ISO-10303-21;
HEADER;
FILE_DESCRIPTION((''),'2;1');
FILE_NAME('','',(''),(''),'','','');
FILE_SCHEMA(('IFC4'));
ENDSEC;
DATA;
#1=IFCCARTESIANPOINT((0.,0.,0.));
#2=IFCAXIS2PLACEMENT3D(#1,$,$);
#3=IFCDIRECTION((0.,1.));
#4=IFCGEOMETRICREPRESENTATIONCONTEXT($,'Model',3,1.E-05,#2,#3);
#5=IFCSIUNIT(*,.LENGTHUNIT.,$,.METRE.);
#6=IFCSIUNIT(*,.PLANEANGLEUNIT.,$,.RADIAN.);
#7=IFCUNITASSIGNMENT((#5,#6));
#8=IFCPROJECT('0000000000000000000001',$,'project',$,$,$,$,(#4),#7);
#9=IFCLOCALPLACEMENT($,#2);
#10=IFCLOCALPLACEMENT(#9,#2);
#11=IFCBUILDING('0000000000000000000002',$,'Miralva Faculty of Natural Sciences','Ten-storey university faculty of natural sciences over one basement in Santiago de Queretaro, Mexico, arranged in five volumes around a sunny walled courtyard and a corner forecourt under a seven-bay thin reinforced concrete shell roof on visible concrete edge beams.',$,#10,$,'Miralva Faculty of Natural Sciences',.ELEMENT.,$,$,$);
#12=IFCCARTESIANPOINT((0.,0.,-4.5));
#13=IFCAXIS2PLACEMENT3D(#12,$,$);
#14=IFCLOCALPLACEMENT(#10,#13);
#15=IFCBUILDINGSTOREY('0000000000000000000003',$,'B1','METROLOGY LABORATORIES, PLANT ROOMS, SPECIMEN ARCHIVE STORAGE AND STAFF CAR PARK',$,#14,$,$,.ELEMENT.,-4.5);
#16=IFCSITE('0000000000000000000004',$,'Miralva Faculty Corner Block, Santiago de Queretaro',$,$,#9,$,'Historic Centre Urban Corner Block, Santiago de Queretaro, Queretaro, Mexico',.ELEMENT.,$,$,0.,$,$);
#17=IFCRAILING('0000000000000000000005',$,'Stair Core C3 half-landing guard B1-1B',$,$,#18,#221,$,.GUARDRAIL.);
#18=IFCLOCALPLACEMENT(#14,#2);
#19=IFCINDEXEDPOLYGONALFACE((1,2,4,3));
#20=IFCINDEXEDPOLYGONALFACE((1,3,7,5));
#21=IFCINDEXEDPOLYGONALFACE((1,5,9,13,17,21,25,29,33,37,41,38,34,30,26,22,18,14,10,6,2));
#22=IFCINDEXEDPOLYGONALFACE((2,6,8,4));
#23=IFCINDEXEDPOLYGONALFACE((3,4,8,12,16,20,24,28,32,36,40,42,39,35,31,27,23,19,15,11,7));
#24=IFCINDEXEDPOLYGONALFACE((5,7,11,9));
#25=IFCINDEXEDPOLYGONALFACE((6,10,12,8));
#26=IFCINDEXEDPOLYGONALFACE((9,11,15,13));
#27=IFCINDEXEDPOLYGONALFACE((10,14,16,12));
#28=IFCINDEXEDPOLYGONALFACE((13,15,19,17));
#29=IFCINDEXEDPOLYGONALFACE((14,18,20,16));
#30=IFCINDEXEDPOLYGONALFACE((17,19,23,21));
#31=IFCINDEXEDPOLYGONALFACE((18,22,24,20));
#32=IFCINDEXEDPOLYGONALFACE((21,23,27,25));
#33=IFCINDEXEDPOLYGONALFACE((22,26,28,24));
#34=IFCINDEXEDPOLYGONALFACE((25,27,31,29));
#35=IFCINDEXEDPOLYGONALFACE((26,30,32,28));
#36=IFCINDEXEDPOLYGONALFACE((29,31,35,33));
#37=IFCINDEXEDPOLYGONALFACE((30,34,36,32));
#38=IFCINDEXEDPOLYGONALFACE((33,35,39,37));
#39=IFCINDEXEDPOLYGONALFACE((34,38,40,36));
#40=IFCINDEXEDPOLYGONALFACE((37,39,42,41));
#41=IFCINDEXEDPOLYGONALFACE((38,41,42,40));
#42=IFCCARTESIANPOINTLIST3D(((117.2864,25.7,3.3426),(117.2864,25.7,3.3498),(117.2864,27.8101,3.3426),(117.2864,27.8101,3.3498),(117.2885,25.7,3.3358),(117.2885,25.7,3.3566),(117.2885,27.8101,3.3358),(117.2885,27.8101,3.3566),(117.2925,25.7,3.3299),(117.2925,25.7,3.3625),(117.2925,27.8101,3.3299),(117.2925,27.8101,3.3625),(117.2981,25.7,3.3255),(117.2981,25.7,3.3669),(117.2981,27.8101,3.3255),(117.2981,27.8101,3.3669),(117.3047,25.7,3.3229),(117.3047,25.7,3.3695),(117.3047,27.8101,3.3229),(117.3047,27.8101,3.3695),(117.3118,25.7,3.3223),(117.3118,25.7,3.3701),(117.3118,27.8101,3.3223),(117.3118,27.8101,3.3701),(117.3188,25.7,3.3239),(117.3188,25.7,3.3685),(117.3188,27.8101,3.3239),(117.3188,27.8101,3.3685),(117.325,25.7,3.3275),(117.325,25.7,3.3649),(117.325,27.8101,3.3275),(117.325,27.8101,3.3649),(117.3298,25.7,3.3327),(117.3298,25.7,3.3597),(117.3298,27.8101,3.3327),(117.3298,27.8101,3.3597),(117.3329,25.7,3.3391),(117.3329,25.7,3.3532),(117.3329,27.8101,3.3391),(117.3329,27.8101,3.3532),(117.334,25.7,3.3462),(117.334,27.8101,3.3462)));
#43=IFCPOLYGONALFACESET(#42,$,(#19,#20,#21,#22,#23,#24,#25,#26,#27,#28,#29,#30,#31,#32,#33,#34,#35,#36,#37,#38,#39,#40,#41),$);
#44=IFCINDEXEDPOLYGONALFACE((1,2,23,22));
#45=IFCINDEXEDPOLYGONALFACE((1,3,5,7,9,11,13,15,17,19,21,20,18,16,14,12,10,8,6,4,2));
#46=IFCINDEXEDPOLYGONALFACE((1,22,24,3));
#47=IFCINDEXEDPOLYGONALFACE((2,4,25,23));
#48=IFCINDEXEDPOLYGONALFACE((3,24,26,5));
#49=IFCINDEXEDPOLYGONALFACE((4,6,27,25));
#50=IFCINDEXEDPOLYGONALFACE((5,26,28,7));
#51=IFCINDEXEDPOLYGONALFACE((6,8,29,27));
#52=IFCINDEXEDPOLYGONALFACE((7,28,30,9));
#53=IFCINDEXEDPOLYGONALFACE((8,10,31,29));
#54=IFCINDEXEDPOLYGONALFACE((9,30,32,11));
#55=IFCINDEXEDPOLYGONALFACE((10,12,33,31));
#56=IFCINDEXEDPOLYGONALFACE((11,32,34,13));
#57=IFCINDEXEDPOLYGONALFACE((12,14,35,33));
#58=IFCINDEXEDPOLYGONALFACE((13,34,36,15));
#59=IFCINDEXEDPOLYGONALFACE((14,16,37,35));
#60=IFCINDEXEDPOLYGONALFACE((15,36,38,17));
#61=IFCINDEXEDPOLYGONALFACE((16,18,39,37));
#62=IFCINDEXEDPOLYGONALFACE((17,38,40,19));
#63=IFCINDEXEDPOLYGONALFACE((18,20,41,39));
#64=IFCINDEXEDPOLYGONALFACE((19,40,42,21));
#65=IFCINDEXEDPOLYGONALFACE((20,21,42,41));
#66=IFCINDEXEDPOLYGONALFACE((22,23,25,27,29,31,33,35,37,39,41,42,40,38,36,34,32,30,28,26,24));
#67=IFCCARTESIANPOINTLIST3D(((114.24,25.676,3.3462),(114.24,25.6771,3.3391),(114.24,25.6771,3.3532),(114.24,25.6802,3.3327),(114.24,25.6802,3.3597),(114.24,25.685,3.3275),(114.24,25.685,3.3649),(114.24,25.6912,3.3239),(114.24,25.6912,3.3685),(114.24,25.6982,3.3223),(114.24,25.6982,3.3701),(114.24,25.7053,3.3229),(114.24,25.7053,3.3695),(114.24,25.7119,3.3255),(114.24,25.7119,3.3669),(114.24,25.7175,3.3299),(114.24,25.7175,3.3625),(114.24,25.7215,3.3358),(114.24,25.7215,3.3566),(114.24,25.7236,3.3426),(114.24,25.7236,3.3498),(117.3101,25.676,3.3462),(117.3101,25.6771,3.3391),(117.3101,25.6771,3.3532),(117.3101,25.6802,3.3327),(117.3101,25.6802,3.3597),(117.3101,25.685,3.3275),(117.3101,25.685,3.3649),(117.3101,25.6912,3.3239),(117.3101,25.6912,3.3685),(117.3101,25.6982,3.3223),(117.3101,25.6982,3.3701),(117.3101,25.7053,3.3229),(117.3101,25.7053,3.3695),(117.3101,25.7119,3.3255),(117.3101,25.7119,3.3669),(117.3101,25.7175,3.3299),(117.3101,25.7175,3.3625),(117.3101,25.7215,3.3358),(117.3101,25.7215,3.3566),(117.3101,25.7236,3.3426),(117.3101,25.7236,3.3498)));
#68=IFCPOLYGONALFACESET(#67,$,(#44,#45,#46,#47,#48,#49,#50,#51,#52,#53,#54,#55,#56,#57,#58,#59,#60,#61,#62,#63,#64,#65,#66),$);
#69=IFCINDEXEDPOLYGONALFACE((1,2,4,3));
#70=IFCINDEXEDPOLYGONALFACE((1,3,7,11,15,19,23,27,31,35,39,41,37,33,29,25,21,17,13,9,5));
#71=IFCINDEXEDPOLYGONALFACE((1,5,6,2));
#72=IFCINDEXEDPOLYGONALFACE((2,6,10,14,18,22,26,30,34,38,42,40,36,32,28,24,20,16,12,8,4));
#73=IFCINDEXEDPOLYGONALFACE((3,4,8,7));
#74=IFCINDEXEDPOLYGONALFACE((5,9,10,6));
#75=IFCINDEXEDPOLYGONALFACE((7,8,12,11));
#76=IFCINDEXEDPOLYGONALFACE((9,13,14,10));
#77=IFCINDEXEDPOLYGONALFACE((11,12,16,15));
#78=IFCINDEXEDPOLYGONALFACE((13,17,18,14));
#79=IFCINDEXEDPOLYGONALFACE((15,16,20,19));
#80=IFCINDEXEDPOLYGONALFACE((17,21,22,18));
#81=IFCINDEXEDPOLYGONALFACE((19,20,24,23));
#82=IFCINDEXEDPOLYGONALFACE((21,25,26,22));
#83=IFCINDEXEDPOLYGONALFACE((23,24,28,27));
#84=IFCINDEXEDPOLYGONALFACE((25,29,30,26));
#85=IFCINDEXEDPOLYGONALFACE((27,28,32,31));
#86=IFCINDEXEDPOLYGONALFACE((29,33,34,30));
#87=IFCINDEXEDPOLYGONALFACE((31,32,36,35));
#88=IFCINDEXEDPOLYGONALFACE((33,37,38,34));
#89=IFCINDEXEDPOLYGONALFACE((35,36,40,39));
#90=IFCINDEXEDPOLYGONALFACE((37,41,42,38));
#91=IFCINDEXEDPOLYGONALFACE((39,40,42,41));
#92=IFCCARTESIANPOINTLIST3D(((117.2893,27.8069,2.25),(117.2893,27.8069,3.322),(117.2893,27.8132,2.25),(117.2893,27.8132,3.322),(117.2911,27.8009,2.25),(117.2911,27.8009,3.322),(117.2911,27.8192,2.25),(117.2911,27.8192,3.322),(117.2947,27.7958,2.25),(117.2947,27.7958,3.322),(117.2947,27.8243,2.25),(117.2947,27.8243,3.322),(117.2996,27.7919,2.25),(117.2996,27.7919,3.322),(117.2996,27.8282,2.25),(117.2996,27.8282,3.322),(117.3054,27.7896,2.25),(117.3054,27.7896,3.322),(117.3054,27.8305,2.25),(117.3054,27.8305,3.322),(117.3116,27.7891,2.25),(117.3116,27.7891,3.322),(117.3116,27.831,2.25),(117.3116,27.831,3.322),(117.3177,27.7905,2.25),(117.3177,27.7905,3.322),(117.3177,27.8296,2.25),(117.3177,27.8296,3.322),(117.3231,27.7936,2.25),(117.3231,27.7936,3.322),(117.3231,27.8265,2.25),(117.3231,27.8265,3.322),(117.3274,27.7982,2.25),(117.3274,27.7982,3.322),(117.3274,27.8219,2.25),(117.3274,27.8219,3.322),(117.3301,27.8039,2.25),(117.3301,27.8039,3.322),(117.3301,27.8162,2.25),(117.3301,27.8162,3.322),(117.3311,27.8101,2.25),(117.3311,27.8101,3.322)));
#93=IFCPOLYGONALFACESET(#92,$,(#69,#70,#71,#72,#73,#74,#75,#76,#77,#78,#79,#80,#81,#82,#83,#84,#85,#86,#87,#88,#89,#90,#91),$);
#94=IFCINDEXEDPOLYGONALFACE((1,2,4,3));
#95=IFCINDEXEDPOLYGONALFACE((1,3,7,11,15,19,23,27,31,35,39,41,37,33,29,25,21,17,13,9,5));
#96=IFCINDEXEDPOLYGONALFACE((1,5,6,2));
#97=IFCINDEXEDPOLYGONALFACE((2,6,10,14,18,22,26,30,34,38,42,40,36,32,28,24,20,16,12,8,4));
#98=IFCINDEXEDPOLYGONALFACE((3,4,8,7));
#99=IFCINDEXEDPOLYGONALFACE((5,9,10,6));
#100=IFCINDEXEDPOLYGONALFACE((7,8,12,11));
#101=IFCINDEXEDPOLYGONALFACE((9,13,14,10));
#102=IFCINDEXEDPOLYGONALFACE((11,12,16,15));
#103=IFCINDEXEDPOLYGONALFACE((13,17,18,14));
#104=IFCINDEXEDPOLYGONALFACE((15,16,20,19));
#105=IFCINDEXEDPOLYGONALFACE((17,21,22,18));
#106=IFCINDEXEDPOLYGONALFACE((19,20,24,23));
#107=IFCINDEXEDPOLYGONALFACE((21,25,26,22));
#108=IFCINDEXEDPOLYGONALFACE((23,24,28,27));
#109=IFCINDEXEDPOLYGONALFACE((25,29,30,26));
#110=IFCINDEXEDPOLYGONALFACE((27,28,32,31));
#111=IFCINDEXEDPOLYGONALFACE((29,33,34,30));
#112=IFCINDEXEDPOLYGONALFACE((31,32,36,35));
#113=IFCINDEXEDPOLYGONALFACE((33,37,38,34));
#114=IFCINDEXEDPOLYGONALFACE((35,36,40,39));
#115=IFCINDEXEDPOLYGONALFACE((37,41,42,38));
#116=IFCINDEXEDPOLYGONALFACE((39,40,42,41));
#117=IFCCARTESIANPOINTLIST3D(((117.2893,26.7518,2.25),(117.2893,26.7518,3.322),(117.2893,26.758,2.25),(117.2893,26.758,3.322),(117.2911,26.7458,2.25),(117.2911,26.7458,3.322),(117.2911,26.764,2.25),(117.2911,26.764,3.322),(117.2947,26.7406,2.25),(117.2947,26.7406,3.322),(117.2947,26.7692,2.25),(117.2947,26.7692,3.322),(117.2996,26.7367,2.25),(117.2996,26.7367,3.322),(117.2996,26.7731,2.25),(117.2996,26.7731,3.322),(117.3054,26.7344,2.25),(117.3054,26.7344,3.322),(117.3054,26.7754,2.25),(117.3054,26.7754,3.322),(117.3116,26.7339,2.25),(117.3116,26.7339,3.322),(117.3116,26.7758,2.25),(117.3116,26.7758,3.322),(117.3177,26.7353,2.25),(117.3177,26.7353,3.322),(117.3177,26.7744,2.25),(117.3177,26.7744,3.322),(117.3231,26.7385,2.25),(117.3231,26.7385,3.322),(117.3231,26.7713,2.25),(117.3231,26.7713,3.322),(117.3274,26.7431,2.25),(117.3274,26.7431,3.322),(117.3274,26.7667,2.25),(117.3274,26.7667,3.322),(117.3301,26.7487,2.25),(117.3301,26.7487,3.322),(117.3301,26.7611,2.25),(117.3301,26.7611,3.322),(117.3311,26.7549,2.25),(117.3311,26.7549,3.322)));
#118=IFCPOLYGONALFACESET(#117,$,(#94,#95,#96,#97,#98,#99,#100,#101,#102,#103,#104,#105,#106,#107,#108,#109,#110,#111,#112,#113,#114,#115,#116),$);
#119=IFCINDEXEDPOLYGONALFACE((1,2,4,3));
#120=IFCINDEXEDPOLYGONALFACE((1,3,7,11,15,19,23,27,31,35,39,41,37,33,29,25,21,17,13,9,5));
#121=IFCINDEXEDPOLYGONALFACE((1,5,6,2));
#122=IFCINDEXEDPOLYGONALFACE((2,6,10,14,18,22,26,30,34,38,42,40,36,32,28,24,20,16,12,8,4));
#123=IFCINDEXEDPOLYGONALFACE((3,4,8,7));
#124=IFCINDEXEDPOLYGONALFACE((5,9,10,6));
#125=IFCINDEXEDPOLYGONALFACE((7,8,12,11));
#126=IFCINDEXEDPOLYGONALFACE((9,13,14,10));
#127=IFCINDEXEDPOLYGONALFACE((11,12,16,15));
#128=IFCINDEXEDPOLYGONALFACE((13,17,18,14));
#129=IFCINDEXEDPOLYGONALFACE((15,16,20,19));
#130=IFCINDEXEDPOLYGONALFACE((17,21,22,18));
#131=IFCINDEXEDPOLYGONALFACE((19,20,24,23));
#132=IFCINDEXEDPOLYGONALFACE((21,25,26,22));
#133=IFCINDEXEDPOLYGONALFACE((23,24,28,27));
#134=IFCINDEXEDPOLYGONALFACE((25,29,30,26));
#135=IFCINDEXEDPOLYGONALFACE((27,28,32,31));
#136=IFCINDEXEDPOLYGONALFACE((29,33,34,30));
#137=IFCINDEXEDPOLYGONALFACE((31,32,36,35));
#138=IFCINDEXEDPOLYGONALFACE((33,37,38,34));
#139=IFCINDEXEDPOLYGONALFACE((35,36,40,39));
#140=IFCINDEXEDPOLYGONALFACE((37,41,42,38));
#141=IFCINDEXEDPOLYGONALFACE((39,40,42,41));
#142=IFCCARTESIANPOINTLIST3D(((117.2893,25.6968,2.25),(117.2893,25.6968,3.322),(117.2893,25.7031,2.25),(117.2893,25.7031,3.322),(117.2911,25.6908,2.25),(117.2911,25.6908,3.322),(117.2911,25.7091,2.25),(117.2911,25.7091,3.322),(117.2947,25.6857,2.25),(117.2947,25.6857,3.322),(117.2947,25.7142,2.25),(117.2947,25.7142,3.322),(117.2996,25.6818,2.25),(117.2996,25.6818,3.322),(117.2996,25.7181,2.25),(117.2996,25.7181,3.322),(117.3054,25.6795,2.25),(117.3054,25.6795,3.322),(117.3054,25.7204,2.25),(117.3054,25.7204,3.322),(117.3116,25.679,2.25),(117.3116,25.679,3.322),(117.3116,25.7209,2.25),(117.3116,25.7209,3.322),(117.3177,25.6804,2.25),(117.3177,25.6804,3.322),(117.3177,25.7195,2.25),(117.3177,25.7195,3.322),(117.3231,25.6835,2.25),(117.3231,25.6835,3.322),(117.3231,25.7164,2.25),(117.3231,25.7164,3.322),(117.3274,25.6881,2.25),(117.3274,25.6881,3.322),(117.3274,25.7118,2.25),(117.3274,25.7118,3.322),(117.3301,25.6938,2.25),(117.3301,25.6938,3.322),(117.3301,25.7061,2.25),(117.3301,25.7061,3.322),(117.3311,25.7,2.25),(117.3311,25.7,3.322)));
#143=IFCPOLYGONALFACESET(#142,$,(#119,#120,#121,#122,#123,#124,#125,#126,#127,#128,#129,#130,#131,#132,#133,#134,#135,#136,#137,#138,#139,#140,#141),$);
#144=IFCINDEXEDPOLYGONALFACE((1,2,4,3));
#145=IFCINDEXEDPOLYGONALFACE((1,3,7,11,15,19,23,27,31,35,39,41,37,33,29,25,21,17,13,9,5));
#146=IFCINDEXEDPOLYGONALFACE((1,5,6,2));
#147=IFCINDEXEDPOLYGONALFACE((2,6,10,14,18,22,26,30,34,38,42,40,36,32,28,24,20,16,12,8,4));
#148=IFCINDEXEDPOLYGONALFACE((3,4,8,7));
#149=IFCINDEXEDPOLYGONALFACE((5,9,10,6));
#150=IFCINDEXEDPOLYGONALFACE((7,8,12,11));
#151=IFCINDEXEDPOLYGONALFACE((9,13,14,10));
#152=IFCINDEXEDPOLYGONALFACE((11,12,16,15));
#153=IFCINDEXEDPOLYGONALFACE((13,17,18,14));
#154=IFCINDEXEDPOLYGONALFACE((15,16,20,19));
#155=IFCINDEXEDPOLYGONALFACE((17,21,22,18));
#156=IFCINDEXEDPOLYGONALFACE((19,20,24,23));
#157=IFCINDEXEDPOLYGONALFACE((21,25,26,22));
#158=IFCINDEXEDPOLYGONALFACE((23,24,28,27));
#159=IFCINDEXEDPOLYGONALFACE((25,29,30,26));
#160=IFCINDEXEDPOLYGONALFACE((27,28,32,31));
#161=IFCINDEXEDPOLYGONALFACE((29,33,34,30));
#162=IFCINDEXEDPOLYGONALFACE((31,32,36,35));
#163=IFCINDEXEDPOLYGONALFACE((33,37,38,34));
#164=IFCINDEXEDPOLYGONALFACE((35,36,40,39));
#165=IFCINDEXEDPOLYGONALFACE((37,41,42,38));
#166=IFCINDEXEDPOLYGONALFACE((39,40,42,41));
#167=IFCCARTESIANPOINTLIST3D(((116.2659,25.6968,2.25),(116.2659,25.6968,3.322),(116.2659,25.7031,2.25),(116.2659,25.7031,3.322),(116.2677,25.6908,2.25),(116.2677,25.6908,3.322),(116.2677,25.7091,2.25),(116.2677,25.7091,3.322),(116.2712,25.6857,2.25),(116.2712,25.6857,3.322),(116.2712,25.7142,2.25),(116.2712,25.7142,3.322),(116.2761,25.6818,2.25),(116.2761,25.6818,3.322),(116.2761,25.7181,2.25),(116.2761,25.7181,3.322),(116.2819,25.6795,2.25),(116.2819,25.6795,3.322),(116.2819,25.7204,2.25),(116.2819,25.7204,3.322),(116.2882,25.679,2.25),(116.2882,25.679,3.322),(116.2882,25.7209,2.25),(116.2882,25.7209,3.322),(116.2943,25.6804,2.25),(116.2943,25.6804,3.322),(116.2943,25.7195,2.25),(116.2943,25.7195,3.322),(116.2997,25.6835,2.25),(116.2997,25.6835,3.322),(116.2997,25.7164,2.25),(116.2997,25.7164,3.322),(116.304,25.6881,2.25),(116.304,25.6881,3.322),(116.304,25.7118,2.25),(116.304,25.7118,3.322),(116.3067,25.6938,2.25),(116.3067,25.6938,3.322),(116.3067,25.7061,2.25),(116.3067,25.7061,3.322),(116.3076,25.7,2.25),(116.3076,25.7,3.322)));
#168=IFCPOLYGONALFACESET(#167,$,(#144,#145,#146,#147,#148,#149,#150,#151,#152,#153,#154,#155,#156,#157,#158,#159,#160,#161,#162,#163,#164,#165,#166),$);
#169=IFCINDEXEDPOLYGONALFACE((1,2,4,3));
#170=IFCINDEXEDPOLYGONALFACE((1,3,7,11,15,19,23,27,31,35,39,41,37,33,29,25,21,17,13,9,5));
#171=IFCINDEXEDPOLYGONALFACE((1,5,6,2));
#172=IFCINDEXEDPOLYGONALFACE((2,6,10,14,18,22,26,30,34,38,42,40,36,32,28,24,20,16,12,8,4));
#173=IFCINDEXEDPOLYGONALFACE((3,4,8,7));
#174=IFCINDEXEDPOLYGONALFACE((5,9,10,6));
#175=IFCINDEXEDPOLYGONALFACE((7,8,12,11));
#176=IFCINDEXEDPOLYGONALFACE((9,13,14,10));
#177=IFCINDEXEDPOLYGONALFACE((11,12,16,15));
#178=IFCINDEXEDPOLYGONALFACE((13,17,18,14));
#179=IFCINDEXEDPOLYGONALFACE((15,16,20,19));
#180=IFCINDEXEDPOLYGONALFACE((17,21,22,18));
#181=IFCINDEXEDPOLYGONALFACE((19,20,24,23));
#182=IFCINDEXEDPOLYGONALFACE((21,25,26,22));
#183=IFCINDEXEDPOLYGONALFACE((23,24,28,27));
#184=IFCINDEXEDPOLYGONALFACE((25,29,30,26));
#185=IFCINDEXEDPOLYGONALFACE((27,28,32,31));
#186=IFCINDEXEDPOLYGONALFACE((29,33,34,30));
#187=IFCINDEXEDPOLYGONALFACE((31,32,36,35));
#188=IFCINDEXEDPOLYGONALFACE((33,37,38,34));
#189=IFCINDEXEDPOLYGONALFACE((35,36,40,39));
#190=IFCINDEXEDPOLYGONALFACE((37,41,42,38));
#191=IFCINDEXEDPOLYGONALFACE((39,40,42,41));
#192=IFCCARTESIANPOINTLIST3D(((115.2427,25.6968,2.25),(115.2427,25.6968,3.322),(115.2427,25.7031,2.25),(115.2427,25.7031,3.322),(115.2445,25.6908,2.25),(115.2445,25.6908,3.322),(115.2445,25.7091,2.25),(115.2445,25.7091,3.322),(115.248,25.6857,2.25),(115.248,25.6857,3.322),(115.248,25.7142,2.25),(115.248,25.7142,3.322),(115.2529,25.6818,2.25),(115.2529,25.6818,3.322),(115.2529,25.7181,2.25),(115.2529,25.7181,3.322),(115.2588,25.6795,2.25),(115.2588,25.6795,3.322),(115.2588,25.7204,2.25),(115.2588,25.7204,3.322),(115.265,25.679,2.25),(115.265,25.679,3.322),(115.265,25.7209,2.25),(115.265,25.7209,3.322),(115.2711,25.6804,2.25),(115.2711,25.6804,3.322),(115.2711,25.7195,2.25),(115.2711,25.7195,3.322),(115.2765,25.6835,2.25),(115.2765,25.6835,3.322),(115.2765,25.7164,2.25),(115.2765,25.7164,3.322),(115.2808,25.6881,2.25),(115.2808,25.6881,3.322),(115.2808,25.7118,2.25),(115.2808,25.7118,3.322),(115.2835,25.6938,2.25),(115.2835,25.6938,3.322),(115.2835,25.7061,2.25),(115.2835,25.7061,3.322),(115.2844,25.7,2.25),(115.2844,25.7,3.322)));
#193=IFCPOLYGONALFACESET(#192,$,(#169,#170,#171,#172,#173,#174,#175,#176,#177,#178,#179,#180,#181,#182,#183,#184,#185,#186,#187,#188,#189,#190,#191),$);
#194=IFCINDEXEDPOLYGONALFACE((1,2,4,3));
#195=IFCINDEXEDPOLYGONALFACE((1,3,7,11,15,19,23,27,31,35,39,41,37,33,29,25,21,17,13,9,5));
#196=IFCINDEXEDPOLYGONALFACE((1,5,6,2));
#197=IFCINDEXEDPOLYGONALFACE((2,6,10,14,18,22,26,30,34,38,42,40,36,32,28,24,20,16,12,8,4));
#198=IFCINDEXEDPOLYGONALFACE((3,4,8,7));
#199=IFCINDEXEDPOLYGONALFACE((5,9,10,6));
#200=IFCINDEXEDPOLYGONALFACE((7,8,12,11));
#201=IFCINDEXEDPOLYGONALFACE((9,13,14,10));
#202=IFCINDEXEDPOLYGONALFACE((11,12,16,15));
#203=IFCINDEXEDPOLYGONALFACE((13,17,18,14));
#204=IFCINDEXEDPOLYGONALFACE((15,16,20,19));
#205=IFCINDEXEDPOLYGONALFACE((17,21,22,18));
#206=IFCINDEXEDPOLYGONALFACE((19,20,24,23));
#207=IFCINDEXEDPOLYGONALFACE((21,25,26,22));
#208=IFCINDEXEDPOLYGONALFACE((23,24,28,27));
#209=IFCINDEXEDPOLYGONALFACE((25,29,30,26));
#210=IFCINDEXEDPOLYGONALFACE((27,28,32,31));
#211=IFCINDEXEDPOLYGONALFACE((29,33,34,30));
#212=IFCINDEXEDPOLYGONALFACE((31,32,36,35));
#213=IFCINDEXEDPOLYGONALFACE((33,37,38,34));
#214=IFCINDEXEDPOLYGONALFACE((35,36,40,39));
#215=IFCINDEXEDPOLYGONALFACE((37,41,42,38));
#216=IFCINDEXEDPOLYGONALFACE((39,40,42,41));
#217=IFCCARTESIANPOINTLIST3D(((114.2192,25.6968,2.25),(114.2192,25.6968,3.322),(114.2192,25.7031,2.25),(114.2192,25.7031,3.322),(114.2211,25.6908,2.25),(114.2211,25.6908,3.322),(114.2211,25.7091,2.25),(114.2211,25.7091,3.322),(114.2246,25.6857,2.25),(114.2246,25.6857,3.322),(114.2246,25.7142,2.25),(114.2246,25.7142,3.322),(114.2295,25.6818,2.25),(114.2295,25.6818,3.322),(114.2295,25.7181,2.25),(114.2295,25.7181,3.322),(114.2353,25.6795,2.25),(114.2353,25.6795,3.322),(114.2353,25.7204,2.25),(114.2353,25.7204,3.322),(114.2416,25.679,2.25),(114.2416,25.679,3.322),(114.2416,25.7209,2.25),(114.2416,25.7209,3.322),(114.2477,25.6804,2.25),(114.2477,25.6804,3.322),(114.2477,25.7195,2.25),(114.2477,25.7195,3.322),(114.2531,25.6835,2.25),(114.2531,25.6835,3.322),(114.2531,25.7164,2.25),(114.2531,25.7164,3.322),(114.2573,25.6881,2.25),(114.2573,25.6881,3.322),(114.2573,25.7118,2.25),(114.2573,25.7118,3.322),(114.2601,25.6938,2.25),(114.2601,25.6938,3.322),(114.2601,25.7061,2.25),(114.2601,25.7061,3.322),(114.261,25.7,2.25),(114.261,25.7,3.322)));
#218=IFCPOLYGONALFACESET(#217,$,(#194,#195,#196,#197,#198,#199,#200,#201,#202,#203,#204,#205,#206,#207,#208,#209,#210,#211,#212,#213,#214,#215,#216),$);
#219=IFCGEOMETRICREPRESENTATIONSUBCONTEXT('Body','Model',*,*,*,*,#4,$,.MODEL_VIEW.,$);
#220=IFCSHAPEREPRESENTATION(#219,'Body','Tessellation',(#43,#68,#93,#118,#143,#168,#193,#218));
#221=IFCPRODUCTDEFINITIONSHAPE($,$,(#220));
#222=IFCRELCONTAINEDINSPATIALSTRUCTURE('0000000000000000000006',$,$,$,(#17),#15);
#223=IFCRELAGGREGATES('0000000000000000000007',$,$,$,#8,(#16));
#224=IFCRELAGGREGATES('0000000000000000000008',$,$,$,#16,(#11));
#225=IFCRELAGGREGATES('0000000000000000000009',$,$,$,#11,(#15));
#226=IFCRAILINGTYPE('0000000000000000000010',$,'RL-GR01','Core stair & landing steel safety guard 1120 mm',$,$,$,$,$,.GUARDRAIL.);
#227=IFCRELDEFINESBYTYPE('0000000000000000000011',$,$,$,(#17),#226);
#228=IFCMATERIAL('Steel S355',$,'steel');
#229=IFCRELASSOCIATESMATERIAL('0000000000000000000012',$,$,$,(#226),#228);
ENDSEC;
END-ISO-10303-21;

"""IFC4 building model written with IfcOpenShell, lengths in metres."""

from ifc_helpers import new_model, si_unit, direction, frame, origin, origin_2d, place, context, subcontext, project, spatial, circle, extrude, material, type_object, element, save


model = new_model("IFC4")

# Units and contexts
model_context = context("Model", 3, precision=1e-05, world=origin(), true_north=direction((0.0, 1.0)))
body_context = subcontext(model_context, "Body", "Model", "MODEL_VIEW")
ifc_project = project(units=[si_unit("LENGTHUNIT", "METRE"), si_unit("PLANEANGLEUNIT", "RADIAN")], contexts=[model_context])

# Site, building, storey
site_placement = place(None, origin())
site = spatial("IfcSite", under=ifc_project, at=site_placement, Name="Miralva Faculty Corner Block, Santiago de Queretaro", LongName="Historic Centre Urban Corner Block, Santiago de Queretaro, Queretaro, Mexico", CompositionType="ELEMENT", RefElevation=0.0)
building_placement = place(site_placement, origin())
building = spatial("IfcBuilding", under=site, at=building_placement, Name="Miralva Faculty of Natural Sciences", Description="Ten-storey university faculty of natural sciences over one basement in Santiago de Queretaro, Mexico, arranged in five volumes around a sunny walled courtyard and a corner forecourt under a seven-bay thin reinforced concrete shell roof on visible concrete edge beams.", LongName="Miralva Faculty of Natural Sciences", CompositionType="ELEMENT")
storey_placement = place(building_placement, frame((0.0, 0.0, -4.5)))
storey = spatial("IfcBuildingStorey", under=building, at=storey_placement, Name="B1", Description="METROLOGY LABORATORIES, PLANT ROOMS, SPECIMEN ARCHIVE STORAGE AND STAFF CAR PARK", CompositionType="ELEMENT", Elevation=-4.5)

# Railing
ifc_material_1 = material(Name="Steel S355", Category="steel")
railing_type_1 = type_object("IfcRailingType", Name="RL-GR01", Description="Core stair & landing steel safety guard 1120 mm", PredefinedType="GUARDRAIL", material=ifc_material_1)
railing_1_placement = place(storey_placement, frame((117.3101, 27.8101, 2.25)))
element("IfcRailing", 1, at=railing_1_placement, inside=storey, type_object=railing_type_1, Name="Stair Core C3 half-landing guard B1-1B", PredefinedType="GUARDRAIL", context=body_context, shape_type="SweptSolid", body=[
    extrude(circle(Radius=0.0239, at=origin_2d()), frame((0.0, 0.0, 1.0962), z_axis=(0.0, -1.0, 0.0), x_axis=(1.0, 0.0, 0.0)), (0.0, 0.0, 1.0), 2.1101),
    extrude(circle(Radius=0.0239, at=origin_2d()), frame((0.0, -2.1101, 1.0962), z_axis=(-1.0, 0.0, 0.0), x_axis=(0.0, -1.0, 0.0)), (0.0, 0.0, 1.0), 3.0701),
    extrude(circle(Radius=0.021, at=origin_2d()), origin(), (0.0, 0.0, 1.0), 1.072),
    extrude(circle(Radius=0.021, at=origin_2d()), frame((0.0, -1.0552, 0.0)), (0.0, 0.0, 1.0), 1.072),
    extrude(circle(Radius=0.021, at=origin_2d()), frame((0.0, -2.1101, 0.0)), (0.0, 0.0, 1.0), 1.072),
    extrude(circle(Radius=0.021, at=origin_2d()), frame((-1.0234, -2.1101, 0.0)), (0.0, 0.0, 1.0), 1.072),
    extrude(circle(Radius=0.021, at=origin_2d()), frame((-2.0466, -2.1101, 0.0)), (0.0, 0.0, 1.0), 1.072),
    extrude(circle(Radius=0.021, at=origin_2d()), frame((-3.0701, -2.1101, 0.0)), (0.0, 0.0, 1.0), 1.072),
])

save(model, "model.ifc")
